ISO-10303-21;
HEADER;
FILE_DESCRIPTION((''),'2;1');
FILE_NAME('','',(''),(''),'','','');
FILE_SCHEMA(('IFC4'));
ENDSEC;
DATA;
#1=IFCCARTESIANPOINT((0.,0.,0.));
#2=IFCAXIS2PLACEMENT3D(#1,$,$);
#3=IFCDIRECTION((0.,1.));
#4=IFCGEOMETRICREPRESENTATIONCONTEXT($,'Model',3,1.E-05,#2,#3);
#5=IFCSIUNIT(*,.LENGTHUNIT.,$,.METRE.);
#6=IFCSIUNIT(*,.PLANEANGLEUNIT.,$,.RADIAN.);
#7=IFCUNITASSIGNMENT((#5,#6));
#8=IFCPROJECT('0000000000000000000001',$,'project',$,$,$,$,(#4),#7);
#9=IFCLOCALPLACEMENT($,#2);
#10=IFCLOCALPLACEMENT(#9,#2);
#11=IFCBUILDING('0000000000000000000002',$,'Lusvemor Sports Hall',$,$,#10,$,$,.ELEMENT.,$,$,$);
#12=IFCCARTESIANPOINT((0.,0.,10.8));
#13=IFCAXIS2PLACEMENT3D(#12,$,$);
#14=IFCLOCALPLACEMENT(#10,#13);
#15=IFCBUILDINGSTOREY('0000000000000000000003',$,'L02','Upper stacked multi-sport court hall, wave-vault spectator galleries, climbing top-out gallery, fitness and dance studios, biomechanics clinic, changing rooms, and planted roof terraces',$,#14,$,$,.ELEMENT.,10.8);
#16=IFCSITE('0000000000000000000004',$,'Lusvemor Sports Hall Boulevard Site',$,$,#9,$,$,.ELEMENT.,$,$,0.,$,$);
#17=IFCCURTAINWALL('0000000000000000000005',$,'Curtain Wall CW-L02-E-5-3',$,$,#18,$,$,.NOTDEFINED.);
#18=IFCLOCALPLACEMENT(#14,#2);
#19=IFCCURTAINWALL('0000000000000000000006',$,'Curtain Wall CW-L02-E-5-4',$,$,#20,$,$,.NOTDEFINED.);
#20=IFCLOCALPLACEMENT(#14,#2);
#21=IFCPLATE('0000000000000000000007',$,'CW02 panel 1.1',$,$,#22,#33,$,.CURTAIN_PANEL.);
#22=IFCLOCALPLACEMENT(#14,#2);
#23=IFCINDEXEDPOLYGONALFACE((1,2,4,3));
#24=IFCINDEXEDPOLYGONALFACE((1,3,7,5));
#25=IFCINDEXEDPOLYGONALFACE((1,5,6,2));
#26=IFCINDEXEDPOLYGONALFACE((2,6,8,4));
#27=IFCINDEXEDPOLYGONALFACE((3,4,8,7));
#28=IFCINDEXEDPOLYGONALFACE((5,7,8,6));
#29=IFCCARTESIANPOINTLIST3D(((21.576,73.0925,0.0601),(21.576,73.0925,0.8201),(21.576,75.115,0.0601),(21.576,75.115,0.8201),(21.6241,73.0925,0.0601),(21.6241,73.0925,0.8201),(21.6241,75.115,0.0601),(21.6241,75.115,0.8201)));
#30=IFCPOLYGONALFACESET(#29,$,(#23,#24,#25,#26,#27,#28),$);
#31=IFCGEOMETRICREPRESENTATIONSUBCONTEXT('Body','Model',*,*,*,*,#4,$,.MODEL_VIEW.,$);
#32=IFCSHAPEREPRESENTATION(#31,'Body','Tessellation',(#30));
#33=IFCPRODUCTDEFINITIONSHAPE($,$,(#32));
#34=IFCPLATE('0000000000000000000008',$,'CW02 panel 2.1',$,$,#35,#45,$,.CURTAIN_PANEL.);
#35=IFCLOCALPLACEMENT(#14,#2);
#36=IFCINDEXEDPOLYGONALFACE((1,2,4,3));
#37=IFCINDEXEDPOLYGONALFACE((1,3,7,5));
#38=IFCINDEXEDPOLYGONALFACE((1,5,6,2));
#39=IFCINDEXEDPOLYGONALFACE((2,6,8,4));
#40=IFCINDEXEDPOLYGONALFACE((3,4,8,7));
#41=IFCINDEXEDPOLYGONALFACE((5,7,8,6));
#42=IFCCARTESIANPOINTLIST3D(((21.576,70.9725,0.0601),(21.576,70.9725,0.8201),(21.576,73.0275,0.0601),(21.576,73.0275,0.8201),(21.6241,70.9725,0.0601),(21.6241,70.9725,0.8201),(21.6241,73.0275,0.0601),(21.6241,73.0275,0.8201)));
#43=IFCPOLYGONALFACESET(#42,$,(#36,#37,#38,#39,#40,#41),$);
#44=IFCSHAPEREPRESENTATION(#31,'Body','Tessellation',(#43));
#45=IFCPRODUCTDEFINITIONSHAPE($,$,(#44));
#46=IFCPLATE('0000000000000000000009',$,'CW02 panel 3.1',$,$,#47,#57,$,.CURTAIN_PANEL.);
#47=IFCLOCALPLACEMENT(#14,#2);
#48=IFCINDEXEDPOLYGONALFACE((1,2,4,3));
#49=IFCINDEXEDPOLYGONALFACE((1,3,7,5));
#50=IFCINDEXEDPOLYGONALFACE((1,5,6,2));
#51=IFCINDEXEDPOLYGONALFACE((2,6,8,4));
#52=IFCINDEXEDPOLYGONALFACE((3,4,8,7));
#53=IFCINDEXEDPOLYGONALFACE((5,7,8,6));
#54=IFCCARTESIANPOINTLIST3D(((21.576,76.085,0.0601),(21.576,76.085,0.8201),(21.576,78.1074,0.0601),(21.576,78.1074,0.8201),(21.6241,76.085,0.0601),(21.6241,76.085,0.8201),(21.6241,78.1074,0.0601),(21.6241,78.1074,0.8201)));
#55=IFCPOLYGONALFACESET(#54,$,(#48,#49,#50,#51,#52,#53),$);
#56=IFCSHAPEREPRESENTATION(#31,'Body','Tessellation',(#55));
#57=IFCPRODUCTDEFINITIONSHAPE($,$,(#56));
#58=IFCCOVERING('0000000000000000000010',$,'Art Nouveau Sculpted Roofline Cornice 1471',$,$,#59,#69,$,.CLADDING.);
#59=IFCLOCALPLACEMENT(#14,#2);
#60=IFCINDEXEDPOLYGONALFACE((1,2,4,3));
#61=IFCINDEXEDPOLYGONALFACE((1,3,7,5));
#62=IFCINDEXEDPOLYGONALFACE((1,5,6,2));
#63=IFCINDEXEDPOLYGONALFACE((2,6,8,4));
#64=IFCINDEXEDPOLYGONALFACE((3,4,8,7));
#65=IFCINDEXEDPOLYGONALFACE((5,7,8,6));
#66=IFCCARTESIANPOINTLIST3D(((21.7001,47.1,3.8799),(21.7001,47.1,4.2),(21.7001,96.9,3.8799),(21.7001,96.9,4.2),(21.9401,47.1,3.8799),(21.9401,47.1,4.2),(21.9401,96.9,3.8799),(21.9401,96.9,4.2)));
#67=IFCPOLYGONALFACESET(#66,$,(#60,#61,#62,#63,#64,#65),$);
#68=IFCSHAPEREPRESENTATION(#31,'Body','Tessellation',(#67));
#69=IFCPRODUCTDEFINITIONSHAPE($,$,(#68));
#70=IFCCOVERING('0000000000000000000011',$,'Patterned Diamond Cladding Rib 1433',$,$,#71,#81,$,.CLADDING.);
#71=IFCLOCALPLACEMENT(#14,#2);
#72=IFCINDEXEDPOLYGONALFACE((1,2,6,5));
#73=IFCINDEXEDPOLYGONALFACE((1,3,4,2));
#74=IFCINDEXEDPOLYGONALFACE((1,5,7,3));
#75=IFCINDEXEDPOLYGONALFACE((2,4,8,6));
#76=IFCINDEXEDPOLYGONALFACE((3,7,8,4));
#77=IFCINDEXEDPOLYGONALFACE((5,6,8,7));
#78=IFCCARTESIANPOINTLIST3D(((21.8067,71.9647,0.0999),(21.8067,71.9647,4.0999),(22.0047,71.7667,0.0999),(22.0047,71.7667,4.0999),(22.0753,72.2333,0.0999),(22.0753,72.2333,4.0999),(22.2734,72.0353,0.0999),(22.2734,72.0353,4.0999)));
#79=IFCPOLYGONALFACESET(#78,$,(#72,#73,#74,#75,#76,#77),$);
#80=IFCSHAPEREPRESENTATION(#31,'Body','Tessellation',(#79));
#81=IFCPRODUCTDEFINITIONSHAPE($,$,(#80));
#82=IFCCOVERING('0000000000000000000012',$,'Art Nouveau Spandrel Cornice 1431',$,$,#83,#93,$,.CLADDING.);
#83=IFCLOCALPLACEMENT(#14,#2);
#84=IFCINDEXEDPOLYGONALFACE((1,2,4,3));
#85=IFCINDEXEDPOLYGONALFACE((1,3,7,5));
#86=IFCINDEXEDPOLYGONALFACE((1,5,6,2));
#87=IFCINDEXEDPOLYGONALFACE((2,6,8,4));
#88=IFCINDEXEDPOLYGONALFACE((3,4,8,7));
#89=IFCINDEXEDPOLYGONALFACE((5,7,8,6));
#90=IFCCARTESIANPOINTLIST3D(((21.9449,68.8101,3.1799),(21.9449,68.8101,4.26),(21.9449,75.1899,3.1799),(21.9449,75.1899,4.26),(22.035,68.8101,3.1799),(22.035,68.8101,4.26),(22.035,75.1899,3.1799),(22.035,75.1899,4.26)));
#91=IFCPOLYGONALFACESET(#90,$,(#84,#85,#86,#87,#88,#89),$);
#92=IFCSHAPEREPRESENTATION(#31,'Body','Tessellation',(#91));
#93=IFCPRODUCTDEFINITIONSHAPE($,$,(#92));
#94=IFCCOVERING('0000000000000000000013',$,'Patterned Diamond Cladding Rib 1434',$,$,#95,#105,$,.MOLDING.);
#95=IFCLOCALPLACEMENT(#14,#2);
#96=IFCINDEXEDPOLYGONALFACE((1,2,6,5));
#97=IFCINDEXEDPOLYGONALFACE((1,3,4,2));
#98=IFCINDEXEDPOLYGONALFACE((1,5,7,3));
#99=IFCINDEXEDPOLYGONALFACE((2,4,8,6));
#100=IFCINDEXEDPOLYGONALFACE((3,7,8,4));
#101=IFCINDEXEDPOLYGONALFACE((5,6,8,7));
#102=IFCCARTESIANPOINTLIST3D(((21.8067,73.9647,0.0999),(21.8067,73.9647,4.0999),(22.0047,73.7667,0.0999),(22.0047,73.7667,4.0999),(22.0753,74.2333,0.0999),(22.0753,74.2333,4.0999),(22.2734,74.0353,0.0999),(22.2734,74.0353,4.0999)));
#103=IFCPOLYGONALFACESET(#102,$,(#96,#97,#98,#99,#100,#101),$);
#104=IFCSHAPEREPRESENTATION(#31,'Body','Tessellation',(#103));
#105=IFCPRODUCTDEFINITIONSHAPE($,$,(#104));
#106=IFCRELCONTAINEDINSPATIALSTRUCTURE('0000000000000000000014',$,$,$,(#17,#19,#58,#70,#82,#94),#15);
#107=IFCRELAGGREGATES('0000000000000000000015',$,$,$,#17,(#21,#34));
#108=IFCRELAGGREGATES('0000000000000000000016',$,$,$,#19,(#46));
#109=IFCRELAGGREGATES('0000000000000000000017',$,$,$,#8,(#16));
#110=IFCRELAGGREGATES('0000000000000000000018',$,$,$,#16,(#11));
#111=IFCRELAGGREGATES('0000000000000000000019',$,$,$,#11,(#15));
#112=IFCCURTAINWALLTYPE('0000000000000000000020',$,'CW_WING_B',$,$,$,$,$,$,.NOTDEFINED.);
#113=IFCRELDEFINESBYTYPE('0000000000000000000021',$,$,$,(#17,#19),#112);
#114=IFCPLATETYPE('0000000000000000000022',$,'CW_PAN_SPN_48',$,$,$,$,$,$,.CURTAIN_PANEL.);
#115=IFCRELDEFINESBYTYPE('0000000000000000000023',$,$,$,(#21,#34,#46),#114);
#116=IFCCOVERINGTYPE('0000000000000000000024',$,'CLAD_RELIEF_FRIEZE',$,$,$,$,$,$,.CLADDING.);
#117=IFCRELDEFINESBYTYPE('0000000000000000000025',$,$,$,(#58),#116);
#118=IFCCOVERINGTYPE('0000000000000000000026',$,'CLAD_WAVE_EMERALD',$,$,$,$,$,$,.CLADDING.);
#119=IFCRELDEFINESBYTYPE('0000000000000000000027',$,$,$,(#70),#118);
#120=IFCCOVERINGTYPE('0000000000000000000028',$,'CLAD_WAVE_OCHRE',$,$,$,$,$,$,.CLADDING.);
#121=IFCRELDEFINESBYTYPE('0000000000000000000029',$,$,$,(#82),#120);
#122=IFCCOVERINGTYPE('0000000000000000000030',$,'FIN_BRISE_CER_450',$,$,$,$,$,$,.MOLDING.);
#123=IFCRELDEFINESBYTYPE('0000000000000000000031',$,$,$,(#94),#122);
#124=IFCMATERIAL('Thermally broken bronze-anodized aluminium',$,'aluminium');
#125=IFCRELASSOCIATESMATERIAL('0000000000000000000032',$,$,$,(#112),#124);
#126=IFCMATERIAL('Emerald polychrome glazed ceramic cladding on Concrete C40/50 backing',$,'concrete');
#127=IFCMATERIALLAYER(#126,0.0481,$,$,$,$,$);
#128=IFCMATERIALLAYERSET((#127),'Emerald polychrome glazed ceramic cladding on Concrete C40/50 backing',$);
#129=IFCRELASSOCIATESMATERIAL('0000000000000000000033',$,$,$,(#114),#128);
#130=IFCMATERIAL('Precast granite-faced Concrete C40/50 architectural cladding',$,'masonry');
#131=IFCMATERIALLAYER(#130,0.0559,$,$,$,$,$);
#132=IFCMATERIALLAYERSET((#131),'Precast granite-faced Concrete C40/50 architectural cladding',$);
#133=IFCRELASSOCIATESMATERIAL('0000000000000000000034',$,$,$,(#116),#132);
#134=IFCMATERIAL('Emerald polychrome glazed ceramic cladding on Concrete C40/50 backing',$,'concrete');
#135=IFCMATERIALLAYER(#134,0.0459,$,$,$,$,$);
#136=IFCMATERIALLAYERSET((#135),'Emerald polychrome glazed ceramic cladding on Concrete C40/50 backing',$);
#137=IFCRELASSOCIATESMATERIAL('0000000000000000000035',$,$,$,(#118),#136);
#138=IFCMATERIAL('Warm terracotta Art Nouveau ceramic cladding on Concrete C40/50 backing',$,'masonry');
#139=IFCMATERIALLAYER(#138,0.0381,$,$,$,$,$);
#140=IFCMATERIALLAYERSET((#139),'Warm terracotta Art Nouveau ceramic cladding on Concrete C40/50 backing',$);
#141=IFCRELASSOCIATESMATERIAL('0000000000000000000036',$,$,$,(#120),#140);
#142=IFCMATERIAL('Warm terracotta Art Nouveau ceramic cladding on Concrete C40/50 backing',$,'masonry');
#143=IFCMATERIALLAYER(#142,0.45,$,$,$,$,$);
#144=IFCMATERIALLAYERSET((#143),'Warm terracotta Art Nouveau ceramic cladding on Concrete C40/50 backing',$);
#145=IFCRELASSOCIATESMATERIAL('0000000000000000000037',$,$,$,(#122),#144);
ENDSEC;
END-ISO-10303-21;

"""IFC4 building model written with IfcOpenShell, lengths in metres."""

from ifc_helpers import new_model, si_unit, direction, frame, origin, origin_2d, place, context, subcontext, project, spatial, rectangle, extrude, material, layer, layer_set, type_object, element, aggregate, save


model = new_model("IFC4")

# Units and contexts
model_context = context("Model", 3, precision=1e-05, world=origin(), true_north=direction((0.0, 1.0)))
body_context = subcontext(model_context, "Body", "Model", "MODEL_VIEW")
ifc_project = project(units=[si_unit("LENGTHUNIT", "METRE"), si_unit("PLANEANGLEUNIT", "RADIAN")], contexts=[model_context])

# Site, building, storey
site_placement = place(None, origin())
site = spatial("IfcSite", under=ifc_project, at=site_placement, Name="Lusvemor Sports Hall Boulevard Site", CompositionType="ELEMENT", RefElevation=0.0)
building_placement = place(site_placement, origin())
building = spatial("IfcBuilding", under=site, at=building_placement, Name="Lusvemor Sports Hall", CompositionType="ELEMENT")
storey_placement = place(building_placement, frame((0.0, 0.0, 10.8)))
storey = spatial("IfcBuildingStorey", under=building, at=storey_placement, Name="L02", Description="Upper stacked multi-sport court hall, wave-vault spectator galleries, climbing top-out gallery, fitness and dance studios, biomechanics clinic, changing rooms, and planted roof terraces", CompositionType="ELEMENT", Elevation=10.8)

# Curtain wall
ifc_material_1 = material(Name="Thermally broken bronze-anodized aluminium", Category="aluminium")
curtain_wall_type = type_object("IfcCurtainWallType", Name="CW_WING_B", PredefinedType="NOTDEFINED", material=ifc_material_1)
curtain_wall_1_placement = place(storey_placement, origin())
curtain_wall_1 = element("IfcCurtainWall", 1, at=curtain_wall_1_placement, inside=storey, type_object=curtain_wall_type, Name="Curtain Wall CW-L02-E-5-3", PredefinedType="NOTDEFINED")

# Curtain wall
curtain_wall_2_placement = place(storey_placement, origin())
curtain_wall_2 = element("IfcCurtainWall", 2, at=curtain_wall_2_placement, inside=storey, type_object=curtain_wall_type, Name="Curtain Wall CW-L02-E-5-4", PredefinedType="NOTDEFINED")

# Plates
ifc_material_2 = material(Name="Emerald polychrome glazed ceramic cladding on Concrete C40/50 backing", Category="concrete")
ifc_layer_1 = layer(ifc_material_2, 0.0481)
ifc_layer_set_1 = layer_set([ifc_layer_1], Name="Emerald polychrome glazed ceramic cladding on Concrete C40/50 backing")
plate_type_1 = type_object("IfcPlateType", Name="CW_PAN_SPN_48", PredefinedType="CURTAIN_PANEL", material=ifc_layer_set_1)
plate_1_placement = place(storey_placement, frame((21.6001, 74.1038, 0.0601), z_axis=(0.0, 0.0, 1.0), x_axis=(0.0, -1.0, 0.0)))
plate_1 = element("IfcPlate", 3, at=plate_1_placement, type_object=plate_type_1, Name="CW02 panel 1.1", PredefinedType="CURTAIN_PANEL", context=body_context, shape_type="SweptSolid", body=[
    extrude(rectangle(XDim=2.0225, YDim=0.0481, at=origin_2d()), origin(), (0.0, 0.0, 1.0), 0.76),
])
plate_2_placement = place(storey_placement, frame((21.6001, 72.0, 0.0601), z_axis=(0.0, 0.0, 1.0), x_axis=(0.0, -1.0, 0.0)))
plate_2 = element("IfcPlate", 4, at=plate_2_placement, type_object=plate_type_1, Name="CW02 panel 2.1", PredefinedType="CURTAIN_PANEL", context=body_context, shape_type="SweptSolid", body=[
    extrude(rectangle(XDim=2.0549, YDim=0.0481, at=origin_2d()), origin(), (0.0, 0.0, 1.0), 0.76),
])
aggregate(curtain_wall_1, [plate_1, plate_2])
plate_3_placement = place(storey_placement, frame((21.6001, 77.0962, 0.0601), z_axis=(0.0, 0.0, 1.0), x_axis=(0.0, -1.0, 0.0)))
plate_3 = element("IfcPlate", 5, at=plate_3_placement, type_object=plate_type_1, Name="CW02 panel 3.1", PredefinedType="CURTAIN_PANEL", context=body_context, shape_type="SweptSolid", body=[
    extrude(rectangle(XDim=2.0225, YDim=0.0481, at=origin_2d()), origin(), (0.0, 0.0, 1.0), 0.76),
])
aggregate(curtain_wall_2, [plate_3])

# Coverings
ifc_material_3 = material(Name="Precast granite-faced Concrete C40/50 architectural cladding", Category="masonry")
ifc_layer_2 = layer(ifc_material_3, 0.0559)
ifc_layer_set_2 = layer_set([ifc_layer_2], Name="Precast granite-faced Concrete C40/50 architectural cladding")
covering_type_1 = type_object("IfcCoveringType", Name="CLAD_RELIEF_FRIEZE", PredefinedType="CLADDING", material=ifc_layer_set_2)
covering_1_placement = place(storey_placement, frame((21.8201, 72.0, 3.8799), z_axis=(0.0, 0.0, 1.0), x_axis=(1.0, 0.0, 0.0)))
element("IfcCovering", 6, at=covering_1_placement, inside=storey, type_object=covering_type_1, Name="Art Nouveau Sculpted Roofline Cornice 1471", PredefinedType="CLADDING", context=body_context, shape_type="SweptSolid", body=[
    extrude(rectangle(XDim=0.24, YDim=49.8, at=origin_2d()), origin(), (0.0, 0.0, 1.0), 0.3201),
])
ifc_material_4 = material(Name="Emerald polychrome glazed ceramic cladding on Concrete C40/50 backing", Category="concrete")
ifc_layer_3 = layer(ifc_material_4, 0.0459)
ifc_layer_set_3 = layer_set([ifc_layer_3], Name="Emerald polychrome glazed ceramic cladding on Concrete C40/50 backing")
covering_type_2 = type_object("IfcCoveringType", Name="CLAD_WAVE_EMERALD", PredefinedType="CLADDING", material=ifc_layer_set_3)
covering_2_placement = place(storey_placement, frame((22.04, 72.0, 0.0999), z_axis=(0.0, 0.0, 1.0), x_axis=(0.707107, 0.707107, 0.0)))
element("IfcCovering", 7, at=covering_2_placement, inside=storey, type_object=covering_type_2, Name="Patterned Diamond Cladding Rib 1433", PredefinedType="CLADDING", context=body_context, shape_type="SweptSolid", body=[
    extrude(rectangle(XDim=0.3799, YDim=0.28, at=origin_2d()), origin(), (0.0, 0.0, 1.0), 4.0),
])
ifc_material_5 = material(Name="Warm terracotta Art Nouveau ceramic cladding on Concrete C40/50 backing", Category="masonry")
ifc_layer_4 = layer(ifc_material_5, 0.0381)
ifc_layer_set_4 = layer_set([ifc_layer_4], Name="Warm terracotta Art Nouveau ceramic cladding on Concrete C40/50 backing")
covering_type_3 = type_object("IfcCoveringType", Name="CLAD_WAVE_OCHRE", PredefinedType="CLADDING", material=ifc_layer_set_4)
covering_3_placement = place(storey_placement, frame((21.99, 72.0, 3.1799), z_axis=(0.0, 0.0, 1.0), x_axis=(1.0, 0.0, 0.0)))
element("IfcCovering", 8, at=covering_3_placement, inside=storey, type_object=covering_type_3, Name="Art Nouveau Spandrel Cornice 1431", PredefinedType="CLADDING", context=body_context, shape_type="SweptSolid", body=[
    extrude(rectangle(XDim=0.0901, YDim=6.3799, at=origin_2d()), origin(), (0.0, 0.0, 1.0), 1.0801),
])
ifc_material_6 = material(Name="Warm terracotta Art Nouveau ceramic cladding on Concrete C40/50 backing", Category="masonry")
ifc_layer_5 = layer(ifc_material_6, 0.45)
ifc_layer_set_5 = layer_set([ifc_layer_5], Name="Warm terracotta Art Nouveau ceramic cladding on Concrete C40/50 backing")
covering_type_4 = type_object("IfcCoveringType", Name="FIN_BRISE_CER_450", PredefinedType="MOLDING", material=ifc_layer_set_5)
covering_4_placement = place(storey_placement, frame((22.04, 74.0, 0.0999), z_axis=(0.0, 0.0, 1.0), x_axis=(0.707107, 0.707107, 0.0)))
element("IfcCovering", 9, at=covering_4_placement, inside=storey, type_object=covering_type_4, Name="Patterned Diamond Cladding Rib 1434", PredefinedType="MOLDING", context=body_context, shape_type="SweptSolid", body=[
    extrude(rectangle(XDim=0.3799, YDim=0.28, at=origin_2d()), origin(), (0.0, 0.0, 1.0), 4.0),
])

save(model, "model.ifc")
